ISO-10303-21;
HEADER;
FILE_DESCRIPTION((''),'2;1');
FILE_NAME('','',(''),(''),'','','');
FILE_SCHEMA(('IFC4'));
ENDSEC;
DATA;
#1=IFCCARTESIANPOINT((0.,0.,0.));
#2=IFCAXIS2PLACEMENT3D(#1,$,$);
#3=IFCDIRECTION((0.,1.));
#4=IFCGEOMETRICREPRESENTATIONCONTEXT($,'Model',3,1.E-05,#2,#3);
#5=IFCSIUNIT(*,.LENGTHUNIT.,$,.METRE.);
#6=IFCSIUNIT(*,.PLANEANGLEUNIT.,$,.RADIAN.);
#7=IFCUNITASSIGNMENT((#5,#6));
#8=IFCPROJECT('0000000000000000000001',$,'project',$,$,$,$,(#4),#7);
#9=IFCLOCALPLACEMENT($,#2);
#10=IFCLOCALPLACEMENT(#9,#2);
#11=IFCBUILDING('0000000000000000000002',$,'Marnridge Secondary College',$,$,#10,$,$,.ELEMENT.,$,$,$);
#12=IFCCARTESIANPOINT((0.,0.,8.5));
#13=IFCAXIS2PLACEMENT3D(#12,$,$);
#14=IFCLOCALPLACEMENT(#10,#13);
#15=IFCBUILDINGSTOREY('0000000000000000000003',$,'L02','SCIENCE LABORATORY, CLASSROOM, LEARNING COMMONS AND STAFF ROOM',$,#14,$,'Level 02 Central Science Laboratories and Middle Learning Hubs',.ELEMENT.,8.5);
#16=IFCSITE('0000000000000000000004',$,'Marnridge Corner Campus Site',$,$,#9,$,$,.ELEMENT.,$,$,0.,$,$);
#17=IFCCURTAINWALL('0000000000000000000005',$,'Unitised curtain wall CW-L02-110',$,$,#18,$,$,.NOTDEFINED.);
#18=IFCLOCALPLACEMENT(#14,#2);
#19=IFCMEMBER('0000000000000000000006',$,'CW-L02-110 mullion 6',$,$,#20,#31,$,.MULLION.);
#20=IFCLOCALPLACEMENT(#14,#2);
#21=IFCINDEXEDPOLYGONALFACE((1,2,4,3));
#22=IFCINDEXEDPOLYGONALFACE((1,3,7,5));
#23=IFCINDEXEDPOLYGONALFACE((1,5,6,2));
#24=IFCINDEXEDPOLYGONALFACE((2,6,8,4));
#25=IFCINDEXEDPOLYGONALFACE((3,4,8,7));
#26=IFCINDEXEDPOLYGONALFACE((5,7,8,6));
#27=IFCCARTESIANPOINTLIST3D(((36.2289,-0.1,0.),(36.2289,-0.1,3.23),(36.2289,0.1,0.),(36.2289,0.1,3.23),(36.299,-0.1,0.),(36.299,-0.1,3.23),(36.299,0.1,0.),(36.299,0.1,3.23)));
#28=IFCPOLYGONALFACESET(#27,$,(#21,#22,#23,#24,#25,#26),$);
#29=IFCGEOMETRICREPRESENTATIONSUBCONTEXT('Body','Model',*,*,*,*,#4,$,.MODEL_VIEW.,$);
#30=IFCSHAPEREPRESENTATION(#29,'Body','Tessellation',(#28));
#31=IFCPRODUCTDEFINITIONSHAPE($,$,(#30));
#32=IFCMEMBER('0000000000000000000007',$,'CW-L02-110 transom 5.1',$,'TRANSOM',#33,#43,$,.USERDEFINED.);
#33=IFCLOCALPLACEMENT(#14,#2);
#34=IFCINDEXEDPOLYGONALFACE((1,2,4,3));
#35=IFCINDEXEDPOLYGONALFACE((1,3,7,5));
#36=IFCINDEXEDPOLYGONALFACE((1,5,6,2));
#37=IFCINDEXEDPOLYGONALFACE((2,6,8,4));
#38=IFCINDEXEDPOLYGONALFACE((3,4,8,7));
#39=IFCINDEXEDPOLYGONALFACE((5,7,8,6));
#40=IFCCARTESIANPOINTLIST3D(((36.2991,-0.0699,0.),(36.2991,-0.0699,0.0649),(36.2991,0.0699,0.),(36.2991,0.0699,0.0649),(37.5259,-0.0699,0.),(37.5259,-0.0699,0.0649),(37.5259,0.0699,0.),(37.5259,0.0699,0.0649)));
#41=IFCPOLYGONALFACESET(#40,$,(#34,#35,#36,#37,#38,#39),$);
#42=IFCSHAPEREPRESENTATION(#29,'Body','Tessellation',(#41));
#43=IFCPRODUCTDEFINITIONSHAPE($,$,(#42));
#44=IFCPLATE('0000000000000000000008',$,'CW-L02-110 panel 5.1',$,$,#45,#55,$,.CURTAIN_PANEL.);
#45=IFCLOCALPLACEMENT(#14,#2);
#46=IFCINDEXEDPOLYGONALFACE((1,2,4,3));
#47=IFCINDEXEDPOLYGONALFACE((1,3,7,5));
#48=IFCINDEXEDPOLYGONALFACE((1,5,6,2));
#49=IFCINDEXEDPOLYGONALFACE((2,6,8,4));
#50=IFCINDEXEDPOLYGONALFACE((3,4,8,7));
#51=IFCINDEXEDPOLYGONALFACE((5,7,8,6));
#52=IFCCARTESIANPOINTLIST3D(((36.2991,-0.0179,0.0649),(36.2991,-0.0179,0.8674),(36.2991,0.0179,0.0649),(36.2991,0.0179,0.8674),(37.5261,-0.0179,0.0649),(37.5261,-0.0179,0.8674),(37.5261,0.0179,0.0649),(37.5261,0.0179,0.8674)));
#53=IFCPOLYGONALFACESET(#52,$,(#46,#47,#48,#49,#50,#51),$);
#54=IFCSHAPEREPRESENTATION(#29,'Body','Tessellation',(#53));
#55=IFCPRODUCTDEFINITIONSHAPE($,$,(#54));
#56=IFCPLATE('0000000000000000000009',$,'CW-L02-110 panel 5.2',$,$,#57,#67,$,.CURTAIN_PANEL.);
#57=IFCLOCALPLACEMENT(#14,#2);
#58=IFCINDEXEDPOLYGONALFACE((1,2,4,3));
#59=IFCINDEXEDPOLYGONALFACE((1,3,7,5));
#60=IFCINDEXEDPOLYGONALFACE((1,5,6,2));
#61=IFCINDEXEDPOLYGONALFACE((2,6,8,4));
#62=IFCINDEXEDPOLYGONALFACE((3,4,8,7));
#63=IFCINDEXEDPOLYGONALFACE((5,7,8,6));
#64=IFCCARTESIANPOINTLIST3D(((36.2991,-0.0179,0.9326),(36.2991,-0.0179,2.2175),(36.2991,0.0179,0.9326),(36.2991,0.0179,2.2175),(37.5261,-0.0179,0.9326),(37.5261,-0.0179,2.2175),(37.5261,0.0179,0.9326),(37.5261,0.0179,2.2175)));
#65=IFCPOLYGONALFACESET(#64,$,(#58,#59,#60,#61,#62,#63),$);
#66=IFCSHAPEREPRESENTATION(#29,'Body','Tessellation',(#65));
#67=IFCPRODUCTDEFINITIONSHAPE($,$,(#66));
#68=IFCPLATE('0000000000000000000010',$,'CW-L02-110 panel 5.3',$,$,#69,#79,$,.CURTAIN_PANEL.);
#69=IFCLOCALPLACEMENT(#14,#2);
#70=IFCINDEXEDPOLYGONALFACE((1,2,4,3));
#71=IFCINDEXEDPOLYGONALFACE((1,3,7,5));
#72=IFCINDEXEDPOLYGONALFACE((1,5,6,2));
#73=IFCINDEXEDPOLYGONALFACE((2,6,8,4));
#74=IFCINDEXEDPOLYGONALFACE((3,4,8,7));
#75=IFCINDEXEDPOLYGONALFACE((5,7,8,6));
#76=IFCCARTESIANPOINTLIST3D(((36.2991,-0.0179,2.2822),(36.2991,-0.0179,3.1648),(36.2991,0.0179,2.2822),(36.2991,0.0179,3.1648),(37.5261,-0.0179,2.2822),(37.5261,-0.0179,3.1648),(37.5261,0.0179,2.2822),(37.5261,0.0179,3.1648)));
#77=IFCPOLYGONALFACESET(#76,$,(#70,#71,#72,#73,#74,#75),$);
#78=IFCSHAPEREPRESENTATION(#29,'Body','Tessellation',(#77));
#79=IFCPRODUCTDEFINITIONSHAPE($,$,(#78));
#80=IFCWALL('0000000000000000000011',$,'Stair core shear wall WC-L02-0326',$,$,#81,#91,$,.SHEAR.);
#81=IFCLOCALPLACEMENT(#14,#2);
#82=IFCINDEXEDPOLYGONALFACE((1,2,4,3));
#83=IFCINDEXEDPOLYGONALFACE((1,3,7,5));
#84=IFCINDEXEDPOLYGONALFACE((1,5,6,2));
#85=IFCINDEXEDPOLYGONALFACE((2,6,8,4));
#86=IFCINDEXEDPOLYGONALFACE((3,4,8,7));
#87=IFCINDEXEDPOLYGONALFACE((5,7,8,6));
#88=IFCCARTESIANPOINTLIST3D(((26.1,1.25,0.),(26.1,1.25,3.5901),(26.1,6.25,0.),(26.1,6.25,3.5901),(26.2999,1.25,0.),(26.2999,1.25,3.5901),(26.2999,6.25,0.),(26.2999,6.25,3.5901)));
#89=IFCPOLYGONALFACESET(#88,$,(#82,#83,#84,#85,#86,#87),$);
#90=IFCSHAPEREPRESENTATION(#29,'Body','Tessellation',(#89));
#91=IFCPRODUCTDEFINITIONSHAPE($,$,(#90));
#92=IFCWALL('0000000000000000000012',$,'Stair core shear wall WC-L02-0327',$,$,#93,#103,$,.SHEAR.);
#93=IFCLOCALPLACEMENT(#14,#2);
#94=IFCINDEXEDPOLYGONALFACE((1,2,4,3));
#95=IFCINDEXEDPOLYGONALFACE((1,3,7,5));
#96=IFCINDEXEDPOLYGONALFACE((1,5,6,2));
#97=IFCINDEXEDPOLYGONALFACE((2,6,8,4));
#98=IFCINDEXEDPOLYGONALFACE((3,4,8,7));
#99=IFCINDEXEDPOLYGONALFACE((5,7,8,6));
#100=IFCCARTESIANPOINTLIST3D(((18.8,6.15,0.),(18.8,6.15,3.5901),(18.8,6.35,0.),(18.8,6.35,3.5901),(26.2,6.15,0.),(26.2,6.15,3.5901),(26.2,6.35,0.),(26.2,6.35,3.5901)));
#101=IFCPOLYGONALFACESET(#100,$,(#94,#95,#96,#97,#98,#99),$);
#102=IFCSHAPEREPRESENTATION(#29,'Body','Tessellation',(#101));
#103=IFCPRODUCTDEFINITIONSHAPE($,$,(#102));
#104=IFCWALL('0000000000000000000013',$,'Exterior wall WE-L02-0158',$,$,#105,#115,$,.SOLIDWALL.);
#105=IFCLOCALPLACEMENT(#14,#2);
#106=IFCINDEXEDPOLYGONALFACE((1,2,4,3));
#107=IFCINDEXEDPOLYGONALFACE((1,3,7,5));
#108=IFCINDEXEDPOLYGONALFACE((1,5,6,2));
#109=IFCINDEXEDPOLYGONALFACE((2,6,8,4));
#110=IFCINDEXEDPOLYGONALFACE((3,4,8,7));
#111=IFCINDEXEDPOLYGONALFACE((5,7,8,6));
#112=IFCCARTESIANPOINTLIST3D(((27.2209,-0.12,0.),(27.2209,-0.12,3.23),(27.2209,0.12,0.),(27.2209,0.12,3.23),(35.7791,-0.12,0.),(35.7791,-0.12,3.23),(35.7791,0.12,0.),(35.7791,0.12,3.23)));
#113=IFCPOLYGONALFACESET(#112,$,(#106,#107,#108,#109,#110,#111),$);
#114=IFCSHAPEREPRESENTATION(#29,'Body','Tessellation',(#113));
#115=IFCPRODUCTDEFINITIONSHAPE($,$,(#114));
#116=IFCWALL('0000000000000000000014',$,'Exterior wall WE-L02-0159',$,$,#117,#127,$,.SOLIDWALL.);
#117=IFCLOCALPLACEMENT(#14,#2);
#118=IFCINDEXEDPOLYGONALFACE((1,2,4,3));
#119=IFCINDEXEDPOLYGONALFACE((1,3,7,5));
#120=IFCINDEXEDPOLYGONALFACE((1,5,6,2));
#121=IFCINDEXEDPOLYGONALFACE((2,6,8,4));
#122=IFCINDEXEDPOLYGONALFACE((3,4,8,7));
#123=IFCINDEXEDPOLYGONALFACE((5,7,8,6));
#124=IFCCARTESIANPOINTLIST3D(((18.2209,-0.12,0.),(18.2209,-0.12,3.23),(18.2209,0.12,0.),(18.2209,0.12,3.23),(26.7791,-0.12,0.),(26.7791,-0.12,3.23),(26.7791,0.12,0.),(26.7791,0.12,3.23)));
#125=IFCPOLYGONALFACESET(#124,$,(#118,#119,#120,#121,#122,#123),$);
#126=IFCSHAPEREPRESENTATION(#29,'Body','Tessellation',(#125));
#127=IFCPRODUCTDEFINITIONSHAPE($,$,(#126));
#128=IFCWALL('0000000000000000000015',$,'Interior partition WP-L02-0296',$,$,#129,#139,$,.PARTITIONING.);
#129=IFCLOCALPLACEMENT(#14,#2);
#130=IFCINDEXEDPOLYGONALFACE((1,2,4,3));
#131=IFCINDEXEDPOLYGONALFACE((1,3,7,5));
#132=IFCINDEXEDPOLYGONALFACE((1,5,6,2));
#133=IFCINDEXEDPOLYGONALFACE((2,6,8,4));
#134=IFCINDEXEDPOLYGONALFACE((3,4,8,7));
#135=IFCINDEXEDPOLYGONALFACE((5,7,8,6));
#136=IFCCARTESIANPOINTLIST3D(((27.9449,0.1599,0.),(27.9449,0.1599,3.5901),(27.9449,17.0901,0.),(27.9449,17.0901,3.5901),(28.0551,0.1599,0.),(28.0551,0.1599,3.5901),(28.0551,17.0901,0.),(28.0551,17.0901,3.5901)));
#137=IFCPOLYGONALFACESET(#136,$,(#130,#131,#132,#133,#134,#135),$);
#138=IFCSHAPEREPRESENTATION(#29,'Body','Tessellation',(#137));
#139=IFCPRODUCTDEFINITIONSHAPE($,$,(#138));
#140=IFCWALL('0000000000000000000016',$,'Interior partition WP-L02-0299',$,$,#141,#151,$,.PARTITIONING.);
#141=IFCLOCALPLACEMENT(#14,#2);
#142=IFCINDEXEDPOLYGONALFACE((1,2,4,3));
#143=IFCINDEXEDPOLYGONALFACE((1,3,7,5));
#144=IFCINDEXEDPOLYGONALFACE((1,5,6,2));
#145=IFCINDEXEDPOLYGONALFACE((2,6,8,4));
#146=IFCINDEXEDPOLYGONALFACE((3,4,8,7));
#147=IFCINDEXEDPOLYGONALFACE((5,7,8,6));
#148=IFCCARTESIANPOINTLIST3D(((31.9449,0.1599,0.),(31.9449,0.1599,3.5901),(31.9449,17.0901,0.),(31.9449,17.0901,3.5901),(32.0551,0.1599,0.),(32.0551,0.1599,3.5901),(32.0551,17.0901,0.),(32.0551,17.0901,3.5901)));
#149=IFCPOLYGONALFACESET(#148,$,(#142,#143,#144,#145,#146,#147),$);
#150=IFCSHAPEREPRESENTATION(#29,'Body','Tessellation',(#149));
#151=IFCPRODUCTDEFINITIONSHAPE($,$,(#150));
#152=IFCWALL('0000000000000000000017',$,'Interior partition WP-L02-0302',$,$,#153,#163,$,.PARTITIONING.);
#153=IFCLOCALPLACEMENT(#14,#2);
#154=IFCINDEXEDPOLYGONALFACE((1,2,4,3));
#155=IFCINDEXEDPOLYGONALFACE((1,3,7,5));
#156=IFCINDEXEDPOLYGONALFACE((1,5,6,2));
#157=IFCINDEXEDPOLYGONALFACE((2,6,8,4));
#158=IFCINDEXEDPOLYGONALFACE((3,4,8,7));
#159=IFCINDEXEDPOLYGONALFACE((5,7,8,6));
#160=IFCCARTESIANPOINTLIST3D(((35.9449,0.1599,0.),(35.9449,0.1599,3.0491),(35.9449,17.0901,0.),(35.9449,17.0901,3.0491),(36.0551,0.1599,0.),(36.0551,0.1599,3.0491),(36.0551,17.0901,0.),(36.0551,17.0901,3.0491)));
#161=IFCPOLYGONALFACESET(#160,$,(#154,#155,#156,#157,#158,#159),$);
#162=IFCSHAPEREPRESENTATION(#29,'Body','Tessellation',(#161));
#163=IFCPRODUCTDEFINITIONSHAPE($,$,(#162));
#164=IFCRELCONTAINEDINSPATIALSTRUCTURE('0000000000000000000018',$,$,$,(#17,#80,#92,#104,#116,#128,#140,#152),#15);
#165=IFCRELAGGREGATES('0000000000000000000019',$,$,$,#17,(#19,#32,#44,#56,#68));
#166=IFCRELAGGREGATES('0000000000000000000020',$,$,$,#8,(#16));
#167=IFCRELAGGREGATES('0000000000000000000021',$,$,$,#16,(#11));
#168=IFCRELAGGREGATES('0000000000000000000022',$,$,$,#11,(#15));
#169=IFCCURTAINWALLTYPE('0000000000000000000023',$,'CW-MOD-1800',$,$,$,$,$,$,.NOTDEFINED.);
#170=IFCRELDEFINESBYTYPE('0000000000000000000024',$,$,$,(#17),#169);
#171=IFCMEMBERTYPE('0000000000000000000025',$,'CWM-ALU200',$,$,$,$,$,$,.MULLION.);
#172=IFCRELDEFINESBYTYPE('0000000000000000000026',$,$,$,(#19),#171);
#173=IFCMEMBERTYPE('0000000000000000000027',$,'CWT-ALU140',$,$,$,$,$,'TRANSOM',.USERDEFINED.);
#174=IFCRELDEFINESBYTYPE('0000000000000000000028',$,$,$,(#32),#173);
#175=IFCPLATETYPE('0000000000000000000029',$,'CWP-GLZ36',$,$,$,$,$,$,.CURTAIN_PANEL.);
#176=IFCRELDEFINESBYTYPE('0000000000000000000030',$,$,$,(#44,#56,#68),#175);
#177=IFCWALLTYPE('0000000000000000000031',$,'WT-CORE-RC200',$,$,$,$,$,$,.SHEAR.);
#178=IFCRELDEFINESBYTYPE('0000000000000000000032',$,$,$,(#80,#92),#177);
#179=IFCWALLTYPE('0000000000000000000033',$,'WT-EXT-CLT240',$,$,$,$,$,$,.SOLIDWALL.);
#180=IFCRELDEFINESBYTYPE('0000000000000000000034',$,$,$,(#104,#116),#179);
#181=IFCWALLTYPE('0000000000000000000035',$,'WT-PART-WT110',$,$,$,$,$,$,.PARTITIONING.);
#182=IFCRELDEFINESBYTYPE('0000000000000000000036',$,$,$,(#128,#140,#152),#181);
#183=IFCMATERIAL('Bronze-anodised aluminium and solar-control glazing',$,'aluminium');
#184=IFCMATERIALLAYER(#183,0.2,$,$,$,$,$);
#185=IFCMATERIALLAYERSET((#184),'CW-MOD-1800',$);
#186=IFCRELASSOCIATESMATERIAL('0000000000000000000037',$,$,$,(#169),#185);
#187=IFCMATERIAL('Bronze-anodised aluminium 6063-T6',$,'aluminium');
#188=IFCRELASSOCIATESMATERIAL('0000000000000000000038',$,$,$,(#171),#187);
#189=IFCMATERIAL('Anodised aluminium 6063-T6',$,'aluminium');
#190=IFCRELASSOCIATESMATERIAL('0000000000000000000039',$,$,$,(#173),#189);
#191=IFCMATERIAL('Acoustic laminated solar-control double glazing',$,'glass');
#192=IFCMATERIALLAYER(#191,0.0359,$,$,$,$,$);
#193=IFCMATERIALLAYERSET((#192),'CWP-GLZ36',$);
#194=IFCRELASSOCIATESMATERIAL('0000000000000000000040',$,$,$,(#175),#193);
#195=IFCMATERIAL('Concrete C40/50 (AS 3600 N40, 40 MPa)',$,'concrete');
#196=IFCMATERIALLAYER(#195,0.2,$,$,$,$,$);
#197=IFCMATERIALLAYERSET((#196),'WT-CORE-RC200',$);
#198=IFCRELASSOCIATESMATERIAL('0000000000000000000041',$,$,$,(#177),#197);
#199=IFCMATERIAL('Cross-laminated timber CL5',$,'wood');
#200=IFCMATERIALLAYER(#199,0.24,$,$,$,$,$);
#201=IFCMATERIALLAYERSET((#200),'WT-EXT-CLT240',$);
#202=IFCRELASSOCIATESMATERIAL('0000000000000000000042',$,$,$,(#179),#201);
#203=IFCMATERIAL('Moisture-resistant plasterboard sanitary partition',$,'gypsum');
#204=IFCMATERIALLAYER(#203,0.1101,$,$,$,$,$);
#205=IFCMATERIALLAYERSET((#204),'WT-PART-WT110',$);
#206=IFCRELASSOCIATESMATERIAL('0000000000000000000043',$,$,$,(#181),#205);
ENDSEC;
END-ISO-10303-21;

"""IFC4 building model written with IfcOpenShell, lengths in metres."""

from ifc_helpers import new_model, si_unit, direction, frame, frame_2d, origin, origin_2d, place, context, subcontext, project, spatial, rectangle, extrude, material, layer, layer_set, material_profile, profile_set, type_object, element, aggregate, save


model = new_model("IFC4")

# Units and contexts
model_context = context("Model", 3, precision=1e-05, world=origin(), true_north=direction((0.0, 1.0)))
body_context = subcontext(model_context, "Body", "Model", "MODEL_VIEW")
ifc_project = project(units=[si_unit("LENGTHUNIT", "METRE"), si_unit("PLANEANGLEUNIT", "RADIAN")], contexts=[model_context])

# Site, building, storey
site_placement = place(None, origin())
site = spatial("IfcSite", under=ifc_project, at=site_placement, Name="Marnridge Corner Campus Site", CompositionType="ELEMENT", RefElevation=0.0)
building_placement = place(site_placement, origin())
building = spatial("IfcBuilding", under=site, at=building_placement, Name="Marnridge Secondary College", CompositionType="ELEMENT")
storey_placement = place(building_placement, frame((0.0, 0.0, 8.5)))
storey = spatial("IfcBuildingStorey", under=building, at=storey_placement, Name="L02", Description="SCIENCE LABORATORY, CLASSROOM, LEARNING COMMONS AND STAFF ROOM", LongName="Level 02 Central Science Laboratories and Middle Learning Hubs", CompositionType="ELEMENT", Elevation=8.5)

# Curtain wall, members, plates
ifc_material_1 = material(Name="Bronze-anodised aluminium and solar-control glazing", Category="aluminium")
ifc_layer_1 = layer(ifc_material_1, 0.2)
ifc_layer_set_1 = layer_set([ifc_layer_1], Name="CW-MOD-1800")
curtain_wall_type = type_object("IfcCurtainWallType", Name="CW-MOD-1800", PredefinedType="NOTDEFINED", material=ifc_layer_set_1)
curtain_wall_placement = place(storey_placement, origin())
curtain_wall = element("IfcCurtainWall", 1, at=curtain_wall_placement, inside=storey, type_object=curtain_wall_type, Name="Unitised curtain wall CW-L02-110", PredefinedType="NOTDEFINED")
ifc_material_2 = material(Name="Bronze-anodised aluminium 6063-T6", Category="aluminium")
ifc_material_profile_1 = material_profile(ifc_material_2, rectangle(XDim=0.0701, YDim=0.2, at=origin_2d()), Name="ALU 70x200")
ifc_profile_set_1 = profile_set([ifc_material_profile_1], Name="Bronze-anodised aluminium 6063-T6")
member_type_1 = type_object("IfcMemberType", Name="CWM-ALU200", PredefinedType="MULLION", material=ifc_profile_set_1)
member_1_placement = place(storey_placement, frame((36.2639, 0.0, 0.0), z_axis=(0.0, 0.0, 1.0), x_axis=(-1.0, 0.0, 0.0)))
member_1 = element("IfcMember", 2, at=member_1_placement, type_object=member_type_1, Name="CW-L02-110 mullion 6", PredefinedType="MULLION", context=body_context, shape_type="SweptSolid", body=[
    extrude(rectangle(XDim=0.0701, YDim=0.2, at=origin_2d()), origin(), (0.0, 0.0, 1.0), 3.23),
])
ifc_material_3 = material(Name="Anodised aluminium 6063-T6", Category="aluminium")
ifc_material_profile_2 = material_profile(ifc_material_3, rectangle(XDim=0.0649, YDim=0.1399, at=origin_2d()), Name="ALU 65x140")
ifc_profile_set_2 = profile_set([ifc_material_profile_2], Name="Anodised aluminium 6063-T6")
member_type_2 = type_object("IfcMemberType", Name="CWT-ALU140", ElementType="TRANSOM", PredefinedType="USERDEFINED", material=ifc_profile_set_2)
member_2_placement = place(storey_placement, frame((37.5259, 0.0, 0.0325), z_axis=(-1.0, 0.0, 0.0), x_axis=(0.0, 0.0, 1.0)))
member_2 = element("IfcMember", 3, at=member_2_placement, type_object=member_type_2, Name="CW-L02-110 transom 5.1", ObjectType="TRANSOM", PredefinedType="USERDEFINED", context=body_context, shape_type="SweptSolid", body=[
    extrude(rectangle(XDim=0.0649, YDim=0.1399, at=origin_2d()), origin(), (0.0, 0.0, 1.0), 1.2268),
])
ifc_material_4 = material(Name="Acoustic laminated solar-control double glazing", Category="glass")
ifc_layer_2 = layer(ifc_material_4, 0.0359)
ifc_layer_set_2 = layer_set([ifc_layer_2], Name="CWP-GLZ36")
plate_type = type_object("IfcPlateType", Name="CWP-GLZ36", PredefinedType="CURTAIN_PANEL", material=ifc_layer_set_2)
plate_1_placement = place(storey_placement, frame((36.9126, 0.0, 0.0649), z_axis=(0.0, 0.0, 1.0), x_axis=(-1.0, 0.0, 0.0)))
plate_1 = element("IfcPlate", 4, at=plate_1_placement, type_object=plate_type, Name="CW-L02-110 panel 5.1", PredefinedType="CURTAIN_PANEL", context=body_context, shape_type="SweptSolid", body=[
    extrude(rectangle(XDim=1.2271, YDim=0.0359, at=origin_2d()), origin(), (0.0, 0.0, 1.0), 0.8025),
])
plate_2_placement = place(storey_placement, frame((36.9126, 0.0, 0.9326), z_axis=(0.0, 0.0, 1.0), x_axis=(-1.0, 0.0, 0.0)))
plate_2 = element("IfcPlate", 5, at=plate_2_placement, type_object=plate_type, Name="CW-L02-110 panel 5.2", PredefinedType="CURTAIN_PANEL", context=body_context, shape_type="SweptSolid", body=[
    extrude(rectangle(XDim=1.2271, YDim=0.0359, at=origin_2d()), origin(), (0.0, 0.0, 1.0), 1.2849),
])
plate_3_placement = place(storey_placement, frame((36.9126, 0.0, 2.2822), z_axis=(0.0, 0.0, 1.0), x_axis=(-1.0, 0.0, 0.0)))
plate_3 = element("IfcPlate", 6, at=plate_3_placement, type_object=plate_type, Name="CW-L02-110 panel 5.3", PredefinedType="CURTAIN_PANEL", context=body_context, shape_type="SweptSolid", body=[
    extrude(rectangle(XDim=1.2271, YDim=0.0359, at=origin_2d()), origin(), (0.0, 0.0, 1.0), 0.8826),
])
aggregate(curtain_wall, [member_1, member_2, plate_1, plate_2, plate_3])

# Walls
ifc_material_5 = material(Name="Concrete C40/50 (AS 3600 N40, 40 MPa)", Category="concrete")
ifc_layer_3 = layer(ifc_material_5, 0.2)
ifc_layer_set_3 = layer_set([ifc_layer_3], Name="WT-CORE-RC200")
wall_type_1 = type_object("IfcWallType", Name="WT-CORE-RC200", PredefinedType="SHEAR", material=ifc_layer_set_3)
wall_1_placement = place(storey_placement, frame((26.2, 1.25, 0.0), z_axis=(0.0, 0.0, 1.0), x_axis=(0.0, 1.0, 0.0)))
element("IfcWall", 7, at=wall_1_placement, inside=storey, type_object=wall_type_1, Name="Stair core shear wall WC-L02-0326", PredefinedType="SHEAR", context=body_context, shape_type="SweptSolid", body=[
    extrude(rectangle(XDim=5.0, YDim=0.2, at=frame_2d((2.5, 0.0))), origin(), (0.0, 0.0, 1.0), 3.5901),
])
wall_2_placement = place(storey_placement, frame((26.2, 6.25, 0.0), z_axis=(0.0, 0.0, 1.0), x_axis=(-1.0, 0.0, 0.0)))
element("IfcWall", 8, at=wall_2_placement, inside=storey, type_object=wall_type_1, Name="Stair core shear wall WC-L02-0327", PredefinedType="SHEAR", context=body_context, shape_type="SweptSolid", body=[
    extrude(rectangle(XDim=7.3999, YDim=0.2, at=frame_2d((3.7, 0.0))), origin(), (0.0, 0.0, 1.0), 3.5901),
])
ifc_material_6 = material(Name="Cross-laminated timber CL5", Category="wood")
ifc_layer_4 = layer(ifc_material_6, 0.24)
ifc_layer_set_4 = layer_set([ifc_layer_4], Name="WT-EXT-CLT240")
wall_type_2 = type_object("IfcWallType", Name="WT-EXT-CLT240", PredefinedType="SOLIDWALL", material=ifc_layer_set_4)
for number, where, z_axis, x_axis, name in (
    (9, (35.7791, 0.0, 0.0), (0.0, 0.0, 1.0), (-1.0, 0.0, 0.0), "Exterior wall WE-L02-0158"),
    (10, (26.7791, 0.0, 0.0), (0.0, 0.0, 1.0), (-1.0, 0.0, 0.0), "Exterior wall WE-L02-0159"),
):
    element("IfcWall", number, at=place(storey_placement, frame(where, z_axis=z_axis, x_axis=x_axis)), inside=storey, type_object=wall_type_2, Name=name, PredefinedType="SOLIDWALL", context=body_context, shape_type="SweptSolid", body=[
        extrude(rectangle(XDim=8.5581, YDim=0.24, at=frame_2d((4.2791, 0.0))), origin(), (0.0, 0.0, 1.0), 3.23),
    ])
ifc_material_7 = material(Name="Moisture-resistant plasterboard sanitary partition", Category="gypsum")
ifc_layer_5 = layer(ifc_material_7, 0.1101)
ifc_layer_set_5 = layer_set([ifc_layer_5], Name="WT-PART-WT110")
wall_type_3 = type_object("IfcWallType", Name="WT-PART-WT110", PredefinedType="PARTITIONING", material=ifc_layer_set_5)
for number, where, z_axis, x_axis, name in (
    (11, (28.0, 0.1599, 0.0), (0.0, 0.0, 1.0), (0.0, 1.0, 0.0), "Interior partition WP-L02-0296"),
    (12, (32.0, 0.1599, 0.0), (0.0, 0.0, 1.0), (0.0, 1.0, 0.0), "Interior partition WP-L02-0299"),
):
    element("IfcWall", number, at=place(storey_placement, frame(where, z_axis=z_axis, x_axis=x_axis)), inside=storey, type_object=wall_type_3, Name=name, PredefinedType="PARTITIONING", context=body_context, shape_type="SweptSolid", body=[
        extrude(rectangle(XDim=16.9302, YDim=0.1101, at=frame_2d((8.4651, 0.0))), origin(), (0.0, 0.0, 1.0), 3.5901),
    ])
wall_3_placement = place(storey_placement, frame((36.0, 0.1599, 0.0), z_axis=(0.0, 0.0, 1.0), x_axis=(0.0, 1.0, 0.0)))
element("IfcWall", 13, at=wall_3_placement, inside=storey, type_object=wall_type_3, Name="Interior partition WP-L02-0302", PredefinedType="PARTITIONING", context=body_context, shape_type="SweptSolid", body=[
    extrude(rectangle(XDim=16.9302, YDim=0.1101, at=frame_2d((8.4651, 0.0))), origin(), (0.0, 0.0, 1.0), 3.0491),
])

save(model, "model.ifc")
